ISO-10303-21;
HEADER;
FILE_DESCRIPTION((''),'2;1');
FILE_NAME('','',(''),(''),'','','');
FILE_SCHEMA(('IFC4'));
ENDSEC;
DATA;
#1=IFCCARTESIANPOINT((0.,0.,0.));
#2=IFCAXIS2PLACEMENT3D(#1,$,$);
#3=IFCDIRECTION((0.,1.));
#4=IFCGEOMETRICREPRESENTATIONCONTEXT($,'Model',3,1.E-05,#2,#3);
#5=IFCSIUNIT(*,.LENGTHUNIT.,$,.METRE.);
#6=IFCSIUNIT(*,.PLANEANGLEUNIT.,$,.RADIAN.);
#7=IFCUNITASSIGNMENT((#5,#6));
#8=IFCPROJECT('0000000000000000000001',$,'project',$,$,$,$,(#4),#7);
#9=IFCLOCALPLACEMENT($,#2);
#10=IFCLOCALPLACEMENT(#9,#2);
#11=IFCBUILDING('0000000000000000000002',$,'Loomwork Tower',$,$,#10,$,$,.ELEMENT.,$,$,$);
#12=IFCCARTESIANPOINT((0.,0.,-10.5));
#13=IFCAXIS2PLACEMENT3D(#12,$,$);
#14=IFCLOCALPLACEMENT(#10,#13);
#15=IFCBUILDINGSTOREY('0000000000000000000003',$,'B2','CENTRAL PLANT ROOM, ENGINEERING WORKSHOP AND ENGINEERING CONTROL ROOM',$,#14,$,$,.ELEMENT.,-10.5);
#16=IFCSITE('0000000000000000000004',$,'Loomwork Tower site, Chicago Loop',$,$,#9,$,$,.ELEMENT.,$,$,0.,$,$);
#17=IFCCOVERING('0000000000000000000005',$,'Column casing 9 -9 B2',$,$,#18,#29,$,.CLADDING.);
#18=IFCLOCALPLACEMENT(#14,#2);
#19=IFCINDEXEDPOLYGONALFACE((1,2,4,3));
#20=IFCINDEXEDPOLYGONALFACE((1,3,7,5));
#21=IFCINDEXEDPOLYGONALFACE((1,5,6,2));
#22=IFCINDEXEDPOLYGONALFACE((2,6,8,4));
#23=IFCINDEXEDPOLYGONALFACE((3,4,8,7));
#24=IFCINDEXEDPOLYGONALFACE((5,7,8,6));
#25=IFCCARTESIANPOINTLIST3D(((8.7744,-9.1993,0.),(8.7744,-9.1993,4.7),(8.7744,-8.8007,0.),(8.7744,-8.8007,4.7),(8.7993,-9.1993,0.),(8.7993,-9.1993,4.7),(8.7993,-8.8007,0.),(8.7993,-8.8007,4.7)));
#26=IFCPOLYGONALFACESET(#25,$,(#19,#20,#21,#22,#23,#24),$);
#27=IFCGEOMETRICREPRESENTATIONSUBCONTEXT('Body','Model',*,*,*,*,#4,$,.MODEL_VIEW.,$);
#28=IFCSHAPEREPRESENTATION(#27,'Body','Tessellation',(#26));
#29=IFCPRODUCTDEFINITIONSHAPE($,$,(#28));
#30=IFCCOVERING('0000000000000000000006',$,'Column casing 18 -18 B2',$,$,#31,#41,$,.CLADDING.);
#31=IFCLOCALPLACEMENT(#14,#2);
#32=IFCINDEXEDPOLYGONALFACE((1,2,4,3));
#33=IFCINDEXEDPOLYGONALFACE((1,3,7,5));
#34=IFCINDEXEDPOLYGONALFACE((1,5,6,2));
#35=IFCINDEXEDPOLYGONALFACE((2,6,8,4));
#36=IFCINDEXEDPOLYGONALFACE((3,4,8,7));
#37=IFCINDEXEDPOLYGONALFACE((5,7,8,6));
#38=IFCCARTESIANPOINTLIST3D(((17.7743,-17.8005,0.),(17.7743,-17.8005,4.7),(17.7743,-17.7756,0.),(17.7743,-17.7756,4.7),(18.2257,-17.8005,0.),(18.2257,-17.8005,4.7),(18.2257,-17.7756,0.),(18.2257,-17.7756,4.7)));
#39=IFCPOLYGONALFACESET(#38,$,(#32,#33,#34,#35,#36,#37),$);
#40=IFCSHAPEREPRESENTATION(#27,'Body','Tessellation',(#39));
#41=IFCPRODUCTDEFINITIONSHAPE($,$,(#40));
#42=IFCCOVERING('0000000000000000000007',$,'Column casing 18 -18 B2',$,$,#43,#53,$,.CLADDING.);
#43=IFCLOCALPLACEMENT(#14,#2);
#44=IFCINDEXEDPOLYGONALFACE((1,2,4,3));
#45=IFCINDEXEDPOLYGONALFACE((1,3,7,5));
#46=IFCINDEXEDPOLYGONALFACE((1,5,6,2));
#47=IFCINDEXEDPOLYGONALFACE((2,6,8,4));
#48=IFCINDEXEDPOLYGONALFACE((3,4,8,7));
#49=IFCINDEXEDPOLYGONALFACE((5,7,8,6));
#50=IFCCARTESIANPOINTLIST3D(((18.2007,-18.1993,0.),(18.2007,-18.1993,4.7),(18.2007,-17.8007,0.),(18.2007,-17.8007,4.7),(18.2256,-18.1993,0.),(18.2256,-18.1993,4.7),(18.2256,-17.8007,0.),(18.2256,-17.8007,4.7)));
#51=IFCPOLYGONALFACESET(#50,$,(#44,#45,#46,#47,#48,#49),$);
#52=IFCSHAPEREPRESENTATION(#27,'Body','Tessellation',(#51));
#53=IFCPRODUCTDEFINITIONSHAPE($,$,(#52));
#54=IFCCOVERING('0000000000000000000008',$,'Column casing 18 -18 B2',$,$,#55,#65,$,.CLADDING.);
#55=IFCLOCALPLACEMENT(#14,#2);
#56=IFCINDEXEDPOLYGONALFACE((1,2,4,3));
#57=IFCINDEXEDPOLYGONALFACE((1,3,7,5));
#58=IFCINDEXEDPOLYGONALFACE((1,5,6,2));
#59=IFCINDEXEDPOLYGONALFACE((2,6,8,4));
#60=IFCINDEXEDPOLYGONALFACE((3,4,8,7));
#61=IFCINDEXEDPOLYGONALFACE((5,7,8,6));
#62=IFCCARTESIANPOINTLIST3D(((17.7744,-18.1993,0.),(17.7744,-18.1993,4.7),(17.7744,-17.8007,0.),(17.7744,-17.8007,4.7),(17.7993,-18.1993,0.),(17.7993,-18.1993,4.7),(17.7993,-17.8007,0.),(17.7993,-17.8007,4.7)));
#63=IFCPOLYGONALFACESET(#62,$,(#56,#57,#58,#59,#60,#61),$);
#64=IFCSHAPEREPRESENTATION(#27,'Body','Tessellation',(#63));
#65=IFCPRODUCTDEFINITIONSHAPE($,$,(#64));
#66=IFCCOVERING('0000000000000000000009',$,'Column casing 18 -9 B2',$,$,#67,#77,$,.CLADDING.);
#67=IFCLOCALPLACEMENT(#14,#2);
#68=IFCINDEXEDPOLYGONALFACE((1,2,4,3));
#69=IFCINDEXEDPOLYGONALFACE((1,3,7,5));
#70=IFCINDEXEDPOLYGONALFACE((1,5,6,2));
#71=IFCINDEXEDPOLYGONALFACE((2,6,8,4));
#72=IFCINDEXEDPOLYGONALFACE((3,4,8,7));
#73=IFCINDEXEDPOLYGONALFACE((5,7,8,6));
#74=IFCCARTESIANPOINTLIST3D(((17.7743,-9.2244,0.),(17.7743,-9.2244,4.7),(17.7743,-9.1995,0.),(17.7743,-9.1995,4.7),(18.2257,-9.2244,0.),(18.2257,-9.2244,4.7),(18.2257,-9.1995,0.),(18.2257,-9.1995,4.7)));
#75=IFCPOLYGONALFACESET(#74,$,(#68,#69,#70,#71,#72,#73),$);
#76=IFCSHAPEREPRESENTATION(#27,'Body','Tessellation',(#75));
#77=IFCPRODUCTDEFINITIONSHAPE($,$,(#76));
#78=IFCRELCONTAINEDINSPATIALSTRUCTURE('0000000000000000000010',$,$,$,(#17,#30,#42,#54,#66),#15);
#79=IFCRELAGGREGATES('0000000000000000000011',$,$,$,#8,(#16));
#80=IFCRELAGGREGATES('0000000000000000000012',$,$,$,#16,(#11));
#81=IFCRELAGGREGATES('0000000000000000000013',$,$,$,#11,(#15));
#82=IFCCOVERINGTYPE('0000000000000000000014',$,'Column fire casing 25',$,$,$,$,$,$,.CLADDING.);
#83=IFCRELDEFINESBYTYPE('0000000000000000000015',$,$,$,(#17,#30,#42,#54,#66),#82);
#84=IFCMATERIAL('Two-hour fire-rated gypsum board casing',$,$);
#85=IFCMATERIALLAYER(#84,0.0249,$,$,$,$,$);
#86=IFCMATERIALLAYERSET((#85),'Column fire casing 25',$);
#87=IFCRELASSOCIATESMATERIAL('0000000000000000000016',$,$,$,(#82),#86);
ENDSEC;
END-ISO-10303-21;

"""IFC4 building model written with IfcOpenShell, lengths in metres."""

from ifc_helpers import new_model, si_unit, direction, frame, origin, origin_2d, place, context, subcontext, project, spatial, rectangle, extrude, material, layer, layer_set, type_object, element, save


model = new_model("IFC4")

# Units and contexts
model_context = context("Model", 3, precision=1e-05, world=origin(), true_north=direction((0.0, 1.0)))
body_context = subcontext(model_context, "Body", "Model", "MODEL_VIEW")
ifc_project = project(units=[si_unit("LENGTHUNIT", "METRE"), si_unit("PLANEANGLEUNIT", "RADIAN")], contexts=[model_context])

# Site, building, storey
site_placement = place(None, origin())
site = spatial("IfcSite", under=ifc_project, at=site_placement, Name="Loomwork Tower site, Chicago Loop", CompositionType="ELEMENT", RefElevation=0.0)
building_placement = place(site_placement, origin())
building = spatial("IfcBuilding", under=site, at=building_placement, Name="Loomwork Tower", CompositionType="ELEMENT")
storey_placement = place(building_placement, frame((0.0, 0.0, -10.5)))
storey = spatial("IfcBuildingStorey", under=building, at=storey_placement, Name="B2", Description="CENTRAL PLANT ROOM, ENGINEERING WORKSHOP AND ENGINEERING CONTROL ROOM", CompositionType="ELEMENT", Elevation=-10.5)

# Coverings
ifc_material_1 = material(Name="Two-hour fire-rated gypsum board casing")
ifc_layer_1 = layer(ifc_material_1, 0.0249)
ifc_layer_set_1 = layer_set([ifc_layer_1], Name="Column fire casing 25")
covering_type = type_object("IfcCoveringType", Name="Column fire casing 25", PredefinedType="CLADDING", material=ifc_layer_set_1)
covering_1_placement = place(storey_placement, frame((8.7869, -9.0, 0.0), z_axis=(0.0, 0.0, 1.0), x_axis=(1.0, 0.0, 0.0)))
element("IfcCovering", 1, at=covering_1_placement, inside=storey, type_object=covering_type, Name="Column casing 9 -9 B2", PredefinedType="CLADDING", context=body_context, shape_type="SweptSolid", body=[
    extrude(rectangle(XDim=0.0249, YDim=0.3987, at=origin_2d()), origin(), (0.0, 0.0, 1.0), 4.7),
])
covering_2_placement = place(storey_placement, frame((18.0, -17.7881, 0.0), z_axis=(0.0, 0.0, 1.0), x_axis=(1.0, 0.0, 0.0)))
element("IfcCovering", 2, at=covering_2_placement, inside=storey, type_object=covering_type, Name="Column casing 18 -18 B2", PredefinedType="CLADDING", context=body_context, shape_type="SweptSolid", body=[
    extrude(rectangle(XDim=0.4514, YDim=0.0249, at=origin_2d()), origin(), (0.0, 0.0, 1.0), 4.7),
])
for number, where, z_axis, x_axis, name in (
    (3, (18.2131, -18.0, 0.0), (0.0, 0.0, 1.0), (1.0, 0.0, 0.0), "Column casing 18 -18 B2"),
    (4, (17.7869, -18.0, 0.0), (0.0, 0.0, 1.0), (1.0, 0.0, 0.0), "Column casing 18 -18 B2"),
):
    element("IfcCovering", number, at=place(storey_placement, frame(where, z_axis=z_axis, x_axis=x_axis)), inside=storey, type_object=covering_type, Name=name, PredefinedType="CLADDING", context=body_context, shape_type="SweptSolid", body=[
        extrude(rectangle(XDim=0.0249, YDim=0.3987, at=origin_2d()), origin(), (0.0, 0.0, 1.0), 4.7),
    ])
covering_3_placement = place(storey_placement, frame((18.0, -9.2119, 0.0), z_axis=(0.0, 0.0, 1.0), x_axis=(1.0, 0.0, 0.0)))
element("IfcCovering", 5, at=covering_3_placement, inside=storey, type_object=covering_type, Name="Column casing 18 -9 B2", PredefinedType="CLADDING", context=body_context, shape_type="SweptSolid", body=[
    extrude(rectangle(XDim=0.4514, YDim=0.0249, at=origin_2d()), origin(), (0.0, 0.0, 1.0), 4.7),
])

save(model, "model.ifc")
